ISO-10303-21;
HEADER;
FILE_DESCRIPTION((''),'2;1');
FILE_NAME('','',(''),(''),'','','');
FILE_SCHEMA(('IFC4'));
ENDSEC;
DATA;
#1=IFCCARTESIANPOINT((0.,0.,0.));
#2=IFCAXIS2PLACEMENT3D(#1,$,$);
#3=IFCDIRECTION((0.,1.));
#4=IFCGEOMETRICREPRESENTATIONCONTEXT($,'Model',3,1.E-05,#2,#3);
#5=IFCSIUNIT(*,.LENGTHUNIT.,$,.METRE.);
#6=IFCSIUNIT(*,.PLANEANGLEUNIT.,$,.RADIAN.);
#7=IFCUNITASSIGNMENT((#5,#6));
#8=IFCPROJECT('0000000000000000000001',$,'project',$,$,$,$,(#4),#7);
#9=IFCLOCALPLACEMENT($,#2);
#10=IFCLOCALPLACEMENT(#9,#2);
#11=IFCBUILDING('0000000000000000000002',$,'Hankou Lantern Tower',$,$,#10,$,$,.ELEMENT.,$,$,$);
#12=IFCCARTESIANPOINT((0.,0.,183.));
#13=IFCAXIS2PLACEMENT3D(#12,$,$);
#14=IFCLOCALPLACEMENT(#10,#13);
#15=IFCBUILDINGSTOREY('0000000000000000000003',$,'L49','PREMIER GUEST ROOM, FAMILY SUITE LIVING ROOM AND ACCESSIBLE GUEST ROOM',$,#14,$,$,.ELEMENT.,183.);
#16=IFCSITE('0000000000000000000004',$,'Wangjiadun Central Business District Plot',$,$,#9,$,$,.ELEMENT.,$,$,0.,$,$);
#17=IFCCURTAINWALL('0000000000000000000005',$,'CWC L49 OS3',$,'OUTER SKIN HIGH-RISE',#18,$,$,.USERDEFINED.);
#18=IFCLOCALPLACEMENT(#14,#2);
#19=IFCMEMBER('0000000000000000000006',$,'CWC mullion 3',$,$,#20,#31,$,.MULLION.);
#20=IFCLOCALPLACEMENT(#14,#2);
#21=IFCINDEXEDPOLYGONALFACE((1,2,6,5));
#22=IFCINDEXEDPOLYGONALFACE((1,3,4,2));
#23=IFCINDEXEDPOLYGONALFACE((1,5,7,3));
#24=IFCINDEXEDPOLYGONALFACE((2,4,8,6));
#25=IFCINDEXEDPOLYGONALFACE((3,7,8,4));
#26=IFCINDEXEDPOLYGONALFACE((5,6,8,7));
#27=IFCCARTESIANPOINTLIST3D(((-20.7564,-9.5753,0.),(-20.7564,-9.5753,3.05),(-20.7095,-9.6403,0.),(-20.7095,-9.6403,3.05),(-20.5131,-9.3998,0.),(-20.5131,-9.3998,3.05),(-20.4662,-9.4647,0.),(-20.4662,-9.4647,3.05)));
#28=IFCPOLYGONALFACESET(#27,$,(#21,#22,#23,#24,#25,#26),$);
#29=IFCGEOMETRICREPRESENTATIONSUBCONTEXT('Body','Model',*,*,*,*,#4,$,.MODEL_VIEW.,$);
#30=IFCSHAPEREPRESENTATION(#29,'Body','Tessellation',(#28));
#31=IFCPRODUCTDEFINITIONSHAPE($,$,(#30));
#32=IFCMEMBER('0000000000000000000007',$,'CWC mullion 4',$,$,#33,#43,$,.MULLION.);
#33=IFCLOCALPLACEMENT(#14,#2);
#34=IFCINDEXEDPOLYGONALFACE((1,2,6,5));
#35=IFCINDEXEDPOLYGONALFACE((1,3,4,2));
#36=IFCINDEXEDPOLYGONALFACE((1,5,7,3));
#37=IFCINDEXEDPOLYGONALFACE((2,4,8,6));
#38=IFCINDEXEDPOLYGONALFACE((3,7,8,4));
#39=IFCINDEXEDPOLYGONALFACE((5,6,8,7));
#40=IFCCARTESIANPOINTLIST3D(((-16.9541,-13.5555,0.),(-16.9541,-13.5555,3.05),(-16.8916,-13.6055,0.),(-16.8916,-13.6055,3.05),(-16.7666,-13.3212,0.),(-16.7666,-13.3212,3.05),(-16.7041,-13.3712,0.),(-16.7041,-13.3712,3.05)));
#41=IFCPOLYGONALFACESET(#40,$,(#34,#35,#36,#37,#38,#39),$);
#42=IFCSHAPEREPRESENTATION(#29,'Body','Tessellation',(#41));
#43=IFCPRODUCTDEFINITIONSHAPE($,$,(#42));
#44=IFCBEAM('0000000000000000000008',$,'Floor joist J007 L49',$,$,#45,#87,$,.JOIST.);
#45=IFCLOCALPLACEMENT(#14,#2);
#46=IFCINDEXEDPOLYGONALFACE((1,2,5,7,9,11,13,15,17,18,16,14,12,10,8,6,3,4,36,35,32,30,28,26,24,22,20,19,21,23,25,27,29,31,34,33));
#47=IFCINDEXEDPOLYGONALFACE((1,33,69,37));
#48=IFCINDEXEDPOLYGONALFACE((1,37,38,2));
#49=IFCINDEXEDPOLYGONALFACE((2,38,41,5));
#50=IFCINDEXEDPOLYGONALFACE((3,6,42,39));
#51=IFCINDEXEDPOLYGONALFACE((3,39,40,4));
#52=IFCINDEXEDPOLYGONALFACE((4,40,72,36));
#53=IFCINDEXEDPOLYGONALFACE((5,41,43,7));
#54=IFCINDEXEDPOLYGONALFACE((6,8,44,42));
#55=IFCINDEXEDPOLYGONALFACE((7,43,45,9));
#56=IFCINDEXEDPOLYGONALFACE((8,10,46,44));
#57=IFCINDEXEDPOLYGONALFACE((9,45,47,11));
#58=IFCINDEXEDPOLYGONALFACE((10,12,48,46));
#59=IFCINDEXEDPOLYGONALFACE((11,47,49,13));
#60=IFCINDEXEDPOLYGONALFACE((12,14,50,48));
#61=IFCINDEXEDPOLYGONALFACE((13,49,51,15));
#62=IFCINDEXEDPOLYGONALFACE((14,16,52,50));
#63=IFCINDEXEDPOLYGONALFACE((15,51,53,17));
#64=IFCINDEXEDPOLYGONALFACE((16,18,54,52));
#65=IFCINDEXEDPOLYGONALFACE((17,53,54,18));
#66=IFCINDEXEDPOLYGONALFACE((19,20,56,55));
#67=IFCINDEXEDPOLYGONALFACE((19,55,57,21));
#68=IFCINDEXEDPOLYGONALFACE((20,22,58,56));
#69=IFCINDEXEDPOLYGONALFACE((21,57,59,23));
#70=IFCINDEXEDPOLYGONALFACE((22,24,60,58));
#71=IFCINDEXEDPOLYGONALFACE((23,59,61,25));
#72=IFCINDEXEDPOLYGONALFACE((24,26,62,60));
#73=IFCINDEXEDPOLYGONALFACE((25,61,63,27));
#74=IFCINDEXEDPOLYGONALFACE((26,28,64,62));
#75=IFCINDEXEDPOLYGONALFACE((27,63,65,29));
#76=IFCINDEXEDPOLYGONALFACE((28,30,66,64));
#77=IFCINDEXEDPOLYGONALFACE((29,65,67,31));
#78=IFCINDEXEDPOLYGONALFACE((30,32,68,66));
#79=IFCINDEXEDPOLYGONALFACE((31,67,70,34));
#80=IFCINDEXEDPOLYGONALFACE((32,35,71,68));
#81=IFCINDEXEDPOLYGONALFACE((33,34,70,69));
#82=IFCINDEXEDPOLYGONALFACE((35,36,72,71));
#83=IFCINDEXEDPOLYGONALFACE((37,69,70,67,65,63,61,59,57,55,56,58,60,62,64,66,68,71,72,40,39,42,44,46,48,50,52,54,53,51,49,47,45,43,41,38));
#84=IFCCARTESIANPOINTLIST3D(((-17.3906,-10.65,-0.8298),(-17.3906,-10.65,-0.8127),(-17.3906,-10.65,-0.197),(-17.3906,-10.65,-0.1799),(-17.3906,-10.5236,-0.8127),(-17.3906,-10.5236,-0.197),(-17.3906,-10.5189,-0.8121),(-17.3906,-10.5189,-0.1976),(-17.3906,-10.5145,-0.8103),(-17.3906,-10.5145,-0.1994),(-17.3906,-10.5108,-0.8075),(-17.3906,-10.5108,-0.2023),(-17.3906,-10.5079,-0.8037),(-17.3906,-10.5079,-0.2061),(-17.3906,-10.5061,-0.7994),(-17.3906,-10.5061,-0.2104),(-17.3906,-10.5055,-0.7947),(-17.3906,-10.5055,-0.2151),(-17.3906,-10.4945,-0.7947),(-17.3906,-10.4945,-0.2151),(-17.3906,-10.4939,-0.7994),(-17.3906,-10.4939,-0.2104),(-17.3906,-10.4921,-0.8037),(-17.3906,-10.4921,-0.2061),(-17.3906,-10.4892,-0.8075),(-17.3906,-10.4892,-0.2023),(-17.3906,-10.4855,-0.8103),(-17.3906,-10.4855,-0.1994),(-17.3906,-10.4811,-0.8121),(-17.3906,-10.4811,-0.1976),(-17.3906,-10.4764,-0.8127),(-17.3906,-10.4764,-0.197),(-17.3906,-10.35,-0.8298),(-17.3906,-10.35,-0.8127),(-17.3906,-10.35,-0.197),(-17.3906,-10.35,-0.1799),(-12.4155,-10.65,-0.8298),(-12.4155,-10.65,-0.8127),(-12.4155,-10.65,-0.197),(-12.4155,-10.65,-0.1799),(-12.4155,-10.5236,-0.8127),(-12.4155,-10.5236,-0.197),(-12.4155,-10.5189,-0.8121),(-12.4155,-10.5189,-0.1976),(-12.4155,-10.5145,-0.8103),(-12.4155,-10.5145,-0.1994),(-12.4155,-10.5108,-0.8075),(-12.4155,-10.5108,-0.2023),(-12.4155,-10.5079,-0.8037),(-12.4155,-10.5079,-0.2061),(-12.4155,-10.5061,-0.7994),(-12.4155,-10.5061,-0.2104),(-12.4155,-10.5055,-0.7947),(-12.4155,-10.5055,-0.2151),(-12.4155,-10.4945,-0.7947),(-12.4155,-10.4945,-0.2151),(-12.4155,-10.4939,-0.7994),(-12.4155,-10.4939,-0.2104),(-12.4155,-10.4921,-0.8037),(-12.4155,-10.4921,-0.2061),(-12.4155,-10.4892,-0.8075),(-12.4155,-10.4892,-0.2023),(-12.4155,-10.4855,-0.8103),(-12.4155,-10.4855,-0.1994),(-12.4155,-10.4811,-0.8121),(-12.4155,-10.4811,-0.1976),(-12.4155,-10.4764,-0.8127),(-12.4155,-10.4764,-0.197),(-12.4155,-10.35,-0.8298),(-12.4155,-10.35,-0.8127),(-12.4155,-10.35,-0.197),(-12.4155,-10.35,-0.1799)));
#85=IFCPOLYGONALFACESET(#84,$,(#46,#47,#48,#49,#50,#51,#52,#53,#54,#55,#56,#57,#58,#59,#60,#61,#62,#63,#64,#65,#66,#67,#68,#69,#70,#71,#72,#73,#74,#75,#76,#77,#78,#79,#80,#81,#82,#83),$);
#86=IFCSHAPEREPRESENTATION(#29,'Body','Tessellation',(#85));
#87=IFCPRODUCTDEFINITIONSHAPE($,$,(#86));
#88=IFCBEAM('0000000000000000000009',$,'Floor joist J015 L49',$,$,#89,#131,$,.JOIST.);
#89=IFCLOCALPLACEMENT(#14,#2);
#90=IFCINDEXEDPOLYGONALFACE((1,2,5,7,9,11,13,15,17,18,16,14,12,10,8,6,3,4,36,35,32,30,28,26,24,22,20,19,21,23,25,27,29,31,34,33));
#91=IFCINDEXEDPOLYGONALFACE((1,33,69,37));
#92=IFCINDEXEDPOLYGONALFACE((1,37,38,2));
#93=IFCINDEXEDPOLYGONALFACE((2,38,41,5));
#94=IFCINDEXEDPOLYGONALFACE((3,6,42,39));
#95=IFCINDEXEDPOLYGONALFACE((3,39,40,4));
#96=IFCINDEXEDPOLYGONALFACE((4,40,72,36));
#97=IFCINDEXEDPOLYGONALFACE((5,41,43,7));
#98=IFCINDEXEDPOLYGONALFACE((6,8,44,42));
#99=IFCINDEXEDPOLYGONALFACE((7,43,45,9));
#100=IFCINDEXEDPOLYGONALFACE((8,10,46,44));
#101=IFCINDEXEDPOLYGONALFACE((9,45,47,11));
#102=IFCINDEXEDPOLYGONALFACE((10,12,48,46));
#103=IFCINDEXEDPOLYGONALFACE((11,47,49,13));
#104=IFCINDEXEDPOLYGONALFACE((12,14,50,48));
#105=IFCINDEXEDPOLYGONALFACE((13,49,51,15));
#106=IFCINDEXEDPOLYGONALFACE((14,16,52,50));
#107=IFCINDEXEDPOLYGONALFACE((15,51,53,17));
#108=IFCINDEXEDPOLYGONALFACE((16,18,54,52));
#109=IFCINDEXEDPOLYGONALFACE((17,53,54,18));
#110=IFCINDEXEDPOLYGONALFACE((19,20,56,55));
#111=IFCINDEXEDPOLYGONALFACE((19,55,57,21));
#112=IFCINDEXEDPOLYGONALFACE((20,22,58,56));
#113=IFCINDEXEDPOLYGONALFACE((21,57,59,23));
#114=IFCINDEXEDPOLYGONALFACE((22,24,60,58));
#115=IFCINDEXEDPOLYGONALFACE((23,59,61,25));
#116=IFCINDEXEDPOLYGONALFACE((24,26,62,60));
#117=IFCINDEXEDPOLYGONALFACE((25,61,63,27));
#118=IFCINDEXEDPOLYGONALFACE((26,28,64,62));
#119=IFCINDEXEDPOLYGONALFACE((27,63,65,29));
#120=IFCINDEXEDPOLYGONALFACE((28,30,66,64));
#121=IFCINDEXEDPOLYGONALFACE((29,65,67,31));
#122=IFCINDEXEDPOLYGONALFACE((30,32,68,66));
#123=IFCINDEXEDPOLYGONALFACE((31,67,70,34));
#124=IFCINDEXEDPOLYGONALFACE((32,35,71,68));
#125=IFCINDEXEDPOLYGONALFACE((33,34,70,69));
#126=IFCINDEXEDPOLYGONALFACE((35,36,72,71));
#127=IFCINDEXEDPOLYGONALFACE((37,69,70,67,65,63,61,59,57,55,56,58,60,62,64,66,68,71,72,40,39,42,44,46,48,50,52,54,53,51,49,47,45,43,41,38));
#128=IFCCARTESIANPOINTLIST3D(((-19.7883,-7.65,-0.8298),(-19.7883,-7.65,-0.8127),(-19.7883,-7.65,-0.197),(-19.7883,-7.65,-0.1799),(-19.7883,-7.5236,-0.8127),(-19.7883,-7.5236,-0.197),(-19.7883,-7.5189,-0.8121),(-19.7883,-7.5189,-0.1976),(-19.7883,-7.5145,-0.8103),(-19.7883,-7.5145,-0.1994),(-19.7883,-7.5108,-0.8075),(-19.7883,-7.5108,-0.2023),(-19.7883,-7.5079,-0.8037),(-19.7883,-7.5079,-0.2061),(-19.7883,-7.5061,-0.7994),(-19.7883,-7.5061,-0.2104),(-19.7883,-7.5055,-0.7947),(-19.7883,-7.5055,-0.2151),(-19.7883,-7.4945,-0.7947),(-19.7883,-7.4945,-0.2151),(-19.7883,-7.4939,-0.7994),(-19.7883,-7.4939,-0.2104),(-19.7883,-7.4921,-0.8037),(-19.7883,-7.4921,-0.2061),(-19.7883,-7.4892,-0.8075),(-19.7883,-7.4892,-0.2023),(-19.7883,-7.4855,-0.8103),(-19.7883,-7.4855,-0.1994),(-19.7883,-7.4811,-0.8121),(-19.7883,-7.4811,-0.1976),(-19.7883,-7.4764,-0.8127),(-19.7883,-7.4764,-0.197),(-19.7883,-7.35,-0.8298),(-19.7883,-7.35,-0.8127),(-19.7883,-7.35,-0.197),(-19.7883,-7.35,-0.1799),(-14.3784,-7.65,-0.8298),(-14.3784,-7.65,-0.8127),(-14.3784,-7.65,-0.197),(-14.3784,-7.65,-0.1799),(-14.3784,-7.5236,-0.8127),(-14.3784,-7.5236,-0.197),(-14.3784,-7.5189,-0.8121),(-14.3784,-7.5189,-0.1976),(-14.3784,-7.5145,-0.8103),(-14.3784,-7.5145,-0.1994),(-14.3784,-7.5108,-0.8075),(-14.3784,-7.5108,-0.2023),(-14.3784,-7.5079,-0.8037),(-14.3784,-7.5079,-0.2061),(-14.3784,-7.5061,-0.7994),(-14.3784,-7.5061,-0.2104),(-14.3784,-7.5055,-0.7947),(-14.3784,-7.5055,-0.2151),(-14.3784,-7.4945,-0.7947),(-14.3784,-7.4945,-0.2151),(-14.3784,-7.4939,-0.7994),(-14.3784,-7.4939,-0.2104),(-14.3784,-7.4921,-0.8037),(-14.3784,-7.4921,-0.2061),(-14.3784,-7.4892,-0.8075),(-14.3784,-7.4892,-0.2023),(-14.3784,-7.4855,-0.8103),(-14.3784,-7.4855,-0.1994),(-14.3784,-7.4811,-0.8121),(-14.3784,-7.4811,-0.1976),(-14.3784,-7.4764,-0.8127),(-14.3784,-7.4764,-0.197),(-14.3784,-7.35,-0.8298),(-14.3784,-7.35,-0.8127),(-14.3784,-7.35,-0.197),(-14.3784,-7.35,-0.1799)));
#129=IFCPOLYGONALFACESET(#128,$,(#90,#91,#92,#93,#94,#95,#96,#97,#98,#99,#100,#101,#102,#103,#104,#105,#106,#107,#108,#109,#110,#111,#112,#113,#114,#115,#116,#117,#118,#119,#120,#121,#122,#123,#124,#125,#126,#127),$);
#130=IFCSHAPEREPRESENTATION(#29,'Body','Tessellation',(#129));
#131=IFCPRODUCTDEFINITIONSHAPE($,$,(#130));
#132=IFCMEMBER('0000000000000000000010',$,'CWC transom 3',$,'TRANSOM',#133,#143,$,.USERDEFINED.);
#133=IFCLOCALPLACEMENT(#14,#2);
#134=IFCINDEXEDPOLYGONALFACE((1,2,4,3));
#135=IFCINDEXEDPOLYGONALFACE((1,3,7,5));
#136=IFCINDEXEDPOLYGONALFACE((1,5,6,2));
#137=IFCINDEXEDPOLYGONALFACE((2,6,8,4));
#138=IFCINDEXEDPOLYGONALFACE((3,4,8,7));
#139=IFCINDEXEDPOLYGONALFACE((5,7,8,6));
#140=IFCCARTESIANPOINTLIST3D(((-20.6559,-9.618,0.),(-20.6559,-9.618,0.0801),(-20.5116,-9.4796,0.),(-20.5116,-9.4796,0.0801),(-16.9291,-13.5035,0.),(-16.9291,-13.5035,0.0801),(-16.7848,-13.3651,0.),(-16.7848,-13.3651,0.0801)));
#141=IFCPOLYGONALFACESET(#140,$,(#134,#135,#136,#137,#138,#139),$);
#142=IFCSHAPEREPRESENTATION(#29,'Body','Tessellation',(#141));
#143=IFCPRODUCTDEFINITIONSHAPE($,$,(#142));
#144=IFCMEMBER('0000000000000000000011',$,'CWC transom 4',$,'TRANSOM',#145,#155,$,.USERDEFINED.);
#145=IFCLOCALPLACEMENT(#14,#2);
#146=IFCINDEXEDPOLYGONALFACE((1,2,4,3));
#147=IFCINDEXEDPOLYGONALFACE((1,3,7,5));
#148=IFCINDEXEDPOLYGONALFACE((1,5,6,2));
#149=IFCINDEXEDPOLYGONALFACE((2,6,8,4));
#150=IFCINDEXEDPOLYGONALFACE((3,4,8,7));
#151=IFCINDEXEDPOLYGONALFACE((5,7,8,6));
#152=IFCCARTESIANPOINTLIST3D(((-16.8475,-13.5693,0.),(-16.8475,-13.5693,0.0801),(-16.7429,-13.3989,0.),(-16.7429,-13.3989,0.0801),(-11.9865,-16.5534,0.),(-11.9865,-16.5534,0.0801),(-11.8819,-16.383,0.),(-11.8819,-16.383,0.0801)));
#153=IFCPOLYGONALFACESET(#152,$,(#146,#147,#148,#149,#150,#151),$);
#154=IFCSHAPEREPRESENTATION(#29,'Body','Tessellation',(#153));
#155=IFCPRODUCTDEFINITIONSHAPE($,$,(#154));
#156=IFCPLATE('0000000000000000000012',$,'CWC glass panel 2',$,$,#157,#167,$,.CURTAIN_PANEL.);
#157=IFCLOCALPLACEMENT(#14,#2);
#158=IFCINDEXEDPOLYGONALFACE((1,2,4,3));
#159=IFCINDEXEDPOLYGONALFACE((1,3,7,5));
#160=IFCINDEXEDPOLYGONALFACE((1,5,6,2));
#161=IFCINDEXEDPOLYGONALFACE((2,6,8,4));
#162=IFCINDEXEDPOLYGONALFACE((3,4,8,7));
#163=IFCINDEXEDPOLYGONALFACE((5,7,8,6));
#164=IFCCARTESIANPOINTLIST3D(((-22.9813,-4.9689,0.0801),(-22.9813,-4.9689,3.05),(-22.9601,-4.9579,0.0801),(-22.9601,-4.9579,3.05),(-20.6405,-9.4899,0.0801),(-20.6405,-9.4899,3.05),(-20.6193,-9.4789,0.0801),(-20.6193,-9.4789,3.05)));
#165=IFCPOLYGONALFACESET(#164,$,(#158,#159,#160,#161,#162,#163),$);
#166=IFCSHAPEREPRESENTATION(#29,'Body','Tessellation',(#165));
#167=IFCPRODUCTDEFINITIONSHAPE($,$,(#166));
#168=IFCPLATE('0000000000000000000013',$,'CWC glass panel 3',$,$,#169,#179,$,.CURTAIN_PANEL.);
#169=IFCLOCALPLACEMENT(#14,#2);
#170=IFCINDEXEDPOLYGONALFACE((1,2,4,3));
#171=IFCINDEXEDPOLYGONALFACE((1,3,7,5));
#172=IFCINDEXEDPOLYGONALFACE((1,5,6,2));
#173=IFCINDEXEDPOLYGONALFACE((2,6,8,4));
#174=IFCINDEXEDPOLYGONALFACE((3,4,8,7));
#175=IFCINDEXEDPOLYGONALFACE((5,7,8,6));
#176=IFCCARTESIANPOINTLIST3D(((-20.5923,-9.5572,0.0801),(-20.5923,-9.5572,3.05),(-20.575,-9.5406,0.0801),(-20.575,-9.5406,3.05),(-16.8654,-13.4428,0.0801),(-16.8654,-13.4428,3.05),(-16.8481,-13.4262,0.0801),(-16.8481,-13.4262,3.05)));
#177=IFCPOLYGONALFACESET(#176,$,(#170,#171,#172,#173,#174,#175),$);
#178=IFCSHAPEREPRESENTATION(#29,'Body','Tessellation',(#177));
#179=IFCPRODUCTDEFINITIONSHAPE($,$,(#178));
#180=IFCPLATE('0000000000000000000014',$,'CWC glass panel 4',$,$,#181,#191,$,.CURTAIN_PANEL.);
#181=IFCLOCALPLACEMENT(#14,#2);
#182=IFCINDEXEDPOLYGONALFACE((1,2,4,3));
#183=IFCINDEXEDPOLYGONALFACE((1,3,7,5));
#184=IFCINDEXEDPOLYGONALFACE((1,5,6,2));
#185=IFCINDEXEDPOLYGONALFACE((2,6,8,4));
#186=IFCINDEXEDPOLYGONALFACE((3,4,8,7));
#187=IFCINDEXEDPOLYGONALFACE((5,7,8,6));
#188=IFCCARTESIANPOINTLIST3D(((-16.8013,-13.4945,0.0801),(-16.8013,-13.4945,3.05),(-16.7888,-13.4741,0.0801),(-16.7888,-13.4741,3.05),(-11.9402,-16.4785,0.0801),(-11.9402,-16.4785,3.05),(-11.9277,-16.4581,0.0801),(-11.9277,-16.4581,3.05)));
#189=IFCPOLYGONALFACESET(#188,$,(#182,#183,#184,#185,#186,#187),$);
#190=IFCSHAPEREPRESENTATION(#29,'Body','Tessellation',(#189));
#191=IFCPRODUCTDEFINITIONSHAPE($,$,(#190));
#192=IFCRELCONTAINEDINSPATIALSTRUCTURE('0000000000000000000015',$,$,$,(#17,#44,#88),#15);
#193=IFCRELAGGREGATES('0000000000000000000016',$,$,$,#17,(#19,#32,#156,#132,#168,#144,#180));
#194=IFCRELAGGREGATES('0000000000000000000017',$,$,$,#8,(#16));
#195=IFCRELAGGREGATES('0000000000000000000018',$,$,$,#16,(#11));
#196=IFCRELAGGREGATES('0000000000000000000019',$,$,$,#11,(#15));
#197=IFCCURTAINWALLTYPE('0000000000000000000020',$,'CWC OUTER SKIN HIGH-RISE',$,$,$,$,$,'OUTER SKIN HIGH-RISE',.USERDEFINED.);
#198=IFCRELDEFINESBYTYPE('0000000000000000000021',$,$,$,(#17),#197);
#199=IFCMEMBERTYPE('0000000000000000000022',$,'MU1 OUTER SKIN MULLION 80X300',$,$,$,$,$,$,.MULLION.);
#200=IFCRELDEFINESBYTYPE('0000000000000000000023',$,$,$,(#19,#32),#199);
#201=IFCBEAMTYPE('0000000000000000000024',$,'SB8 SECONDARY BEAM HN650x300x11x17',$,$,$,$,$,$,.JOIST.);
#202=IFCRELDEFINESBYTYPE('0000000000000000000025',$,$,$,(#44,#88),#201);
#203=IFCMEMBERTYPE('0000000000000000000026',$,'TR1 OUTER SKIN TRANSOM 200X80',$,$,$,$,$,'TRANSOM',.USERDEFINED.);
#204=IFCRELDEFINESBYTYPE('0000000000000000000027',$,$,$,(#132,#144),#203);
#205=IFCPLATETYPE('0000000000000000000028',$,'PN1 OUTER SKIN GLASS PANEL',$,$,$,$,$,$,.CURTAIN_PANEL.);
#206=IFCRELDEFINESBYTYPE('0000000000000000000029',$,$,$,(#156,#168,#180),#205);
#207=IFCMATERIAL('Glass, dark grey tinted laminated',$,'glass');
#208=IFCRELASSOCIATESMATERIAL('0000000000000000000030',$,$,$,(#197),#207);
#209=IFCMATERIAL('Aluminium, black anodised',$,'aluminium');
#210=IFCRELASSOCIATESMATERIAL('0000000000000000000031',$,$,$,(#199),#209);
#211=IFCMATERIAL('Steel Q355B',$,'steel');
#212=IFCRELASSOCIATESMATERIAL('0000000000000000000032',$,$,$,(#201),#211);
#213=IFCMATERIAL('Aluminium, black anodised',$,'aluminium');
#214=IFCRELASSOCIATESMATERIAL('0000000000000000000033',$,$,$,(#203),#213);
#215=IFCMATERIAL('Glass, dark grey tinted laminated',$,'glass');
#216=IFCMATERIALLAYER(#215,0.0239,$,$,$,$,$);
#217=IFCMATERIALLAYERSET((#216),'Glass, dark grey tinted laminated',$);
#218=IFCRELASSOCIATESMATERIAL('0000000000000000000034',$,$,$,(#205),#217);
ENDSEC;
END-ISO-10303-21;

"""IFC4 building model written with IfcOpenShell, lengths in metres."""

from ifc_helpers import new_model, si_unit, direction, frame, origin, origin_2d, place, context, subcontext, project, spatial, rectangle, i_section, extrude, material, layer, layer_set, material_profile, profile_set, type_object, element, aggregate, save


model = new_model("IFC4")

# Units and contexts
model_context = context("Model", 3, precision=1e-05, world=origin(), true_north=direction((0.0, 1.0)))
body_context = subcontext(model_context, "Body", "Model", "MODEL_VIEW")
ifc_project = project(units=[si_unit("LENGTHUNIT", "METRE"), si_unit("PLANEANGLEUNIT", "RADIAN")], contexts=[model_context])

# Site, building, storey
site_placement = place(None, origin())
site = spatial("IfcSite", under=ifc_project, at=site_placement, Name="Wangjiadun Central Business District Plot", CompositionType="ELEMENT", RefElevation=0.0)
building_placement = place(site_placement, origin())
building = spatial("IfcBuilding", under=site, at=building_placement, Name="Hankou Lantern Tower", CompositionType="ELEMENT")
storey_placement = place(building_placement, frame((0.0, 0.0, 183.0)))
storey = spatial("IfcBuildingStorey", under=building, at=storey_placement, Name="L49", Description="PREMIER GUEST ROOM, FAMILY SUITE LIVING ROOM AND ACCESSIBLE GUEST ROOM", CompositionType="ELEMENT", Elevation=183.0)

# Curtain wall, members
ifc_material_1 = material(Name="Glass, dark grey tinted laminated", Category="glass")
curtain_wall_type = type_object("IfcCurtainWallType", Name="CWC OUTER SKIN HIGH-RISE", ElementType="OUTER SKIN HIGH-RISE", PredefinedType="USERDEFINED", material=ifc_material_1)
curtain_wall_placement = place(storey_placement, origin())
curtain_wall = element("IfcCurtainWall", 1, at=curtain_wall_placement, inside=storey, type_object=curtain_wall_type, Name="CWC L49 OS3", ObjectType="OUTER SKIN HIGH-RISE", PredefinedType="USERDEFINED")
ifc_material_2 = material(Name="Aluminium, black anodised", Category="aluminium")
ifc_material_profile_1 = material_profile(ifc_material_2, rectangle(XDim=0.0801, YDim=0.3, at=origin_2d()), Name="MU1 80X300")
ifc_profile_set_1 = profile_set([ifc_material_profile_1], Name="Aluminium, black anodised")
member_type_1 = type_object("IfcMemberType", Name="MU1 OUTER SKIN MULLION 80X300", PredefinedType="MULLION", material=ifc_profile_set_1)
member_1_placement = place(storey_placement, frame((-20.6113, -9.52, 0.0), z_axis=(0.0, 0.0, 1.0), x_axis=(0.585206, -0.810885, 0.0)))
member_1 = element("IfcMember", 2, at=member_1_placement, type_object=member_type_1, Name="CWC mullion 3", PredefinedType="MULLION", context=body_context, shape_type="SweptSolid", body=[
    extrude(rectangle(XDim=0.0801, YDim=0.3, at=origin_2d()), origin(), (0.0, 0.0, 1.0), 3.05),
])
member_2_placement = place(storey_placement, frame((-16.8291, -13.4634, 0.0), z_axis=(0.0, 0.0, 1.0), x_axis=(0.780869, -0.624695, 0.0)))
member_2 = element("IfcMember", 3, at=member_2_placement, type_object=member_type_1, Name="CWC mullion 4", PredefinedType="MULLION", context=body_context, shape_type="SweptSolid", body=[
    extrude(rectangle(XDim=0.0801, YDim=0.3, at=origin_2d()), origin(), (0.0, 0.0, 1.0), 3.05),
])

# Beams
ifc_material_3 = material(Name="Steel Q355B", Category="steel")
ifc_material_profile_2 = material_profile(ifc_material_3, i_section(OverallWidth=0.3, OverallDepth=0.6499, WebThickness=0.011, FlangeThickness=0.0171, FilletRadius=0.0181, at=origin_2d()), Name="HN650x300x11x17")
ifc_profile_set_2 = profile_set([ifc_material_profile_2], Name="Steel Q355B")
beam_type_1 = type_object("IfcBeamType", Name="SB8 SECONDARY BEAM HN650x300x11x17", PredefinedType="JOIST", material=ifc_profile_set_2)
beam_1_placement = place(storey_placement, frame((-17.3906, -10.5, -0.5049), z_axis=(1.0, 0.0, 0.0), x_axis=(0.0, 1.0, 0.0)))
element("IfcBeam", 4, at=beam_1_placement, inside=storey, type_object=beam_type_1, Name="Floor joist J007 L49", PredefinedType="JOIST", context=body_context, shape_type="SweptSolid", body=[
    extrude(i_section(OverallWidth=0.3, OverallDepth=0.6499, WebThickness=0.011, FlangeThickness=0.0171, FilletRadius=0.0181, at=origin_2d()), origin(), (0.0, 0.0, 1.0), 4.9751),
])
beam_2_placement = place(storey_placement, frame((-19.7883, -7.5, -0.5049), z_axis=(1.0, 0.0, 0.0), x_axis=(0.0, 1.0, 0.0)))
element("IfcBeam", 5, at=beam_2_placement, inside=storey, type_object=beam_type_1, Name="Floor joist J015 L49", PredefinedType="JOIST", context=body_context, shape_type="SweptSolid", body=[
    extrude(i_section(OverallWidth=0.3, OverallDepth=0.6499, WebThickness=0.011, FlangeThickness=0.0171, FilletRadius=0.0181, at=origin_2d()), origin(), (0.0, 0.0, 1.0), 5.4099),
])

# Members
ifc_material_4 = material(Name="Aluminium, black anodised", Category="aluminium")
ifc_material_profile_3 = material_profile(ifc_material_4, rectangle(XDim=0.2, YDim=0.0801, at=origin_2d()), Name="TR1 200X80")
ifc_profile_set_3 = profile_set([ifc_material_profile_3], Name="Aluminium, black anodised")
member_type_2 = type_object("IfcMemberType", Name="TR1 OUTER SKIN TRANSOM 200X80", ElementType="TRANSOM", PredefinedType="USERDEFINED", material=ifc_profile_set_3)
member_3_placement = place(storey_placement, frame((-20.5837, -9.5488, 0.04), z_axis=(0.692216, -0.721691, 0.0), x_axis=(0.721691, 0.692216, 0.0)))
member_3 = element("IfcMember", 6, at=member_3_placement, type_object=member_type_2, Name="CWC transom 3", ObjectType="TRANSOM", PredefinedType="USERDEFINED", context=body_context, shape_type="SweptSolid", body=[
    extrude(rectangle(XDim=0.2, YDim=0.0801, at=origin_2d()), origin(), (0.0, 0.0, 1.0), 5.3838),
])
member_4_placement = place(storey_placement, frame((-16.7952, -13.4841, 0.04), z_axis=(0.852229, -0.523168, 0.0), x_axis=(0.523168, 0.852229, 0.0)))
member_4 = element("IfcMember", 7, at=member_4_placement, type_object=member_type_2, Name="CWC transom 4", ObjectType="TRANSOM", PredefinedType="USERDEFINED", context=body_context, shape_type="SweptSolid", body=[
    extrude(rectangle(XDim=0.2, YDim=0.0801, at=origin_2d()), origin(), (0.0, 0.0, 1.0), 5.7039),
])

# Plates
ifc_material_5 = material(Name="Glass, dark grey tinted laminated", Category="glass")
ifc_layer_1 = layer(ifc_material_5, 0.0239)
ifc_layer_set_1 = layer_set([ifc_layer_1], Name="Glass, dark grey tinted laminated")
plate_type = type_object("IfcPlateType", Name="PN1 OUTER SKIN GLASS PANEL", PredefinedType="CURTAIN_PANEL", material=ifc_layer_set_1)
plate_1_placement = place(storey_placement, frame((-21.8003, -7.2239, 0.0801), z_axis=(0.0, 0.0, 1.0), x_axis=(0.459791, -0.888027, 0.0)))
plate_1 = element("IfcPlate", 8, at=plate_1_placement, type_object=plate_type, Name="CWC glass panel 2", PredefinedType="CURTAIN_PANEL", context=body_context, shape_type="SweptSolid", body=[
    extrude(rectangle(XDim=5.0911, YDim=0.0239, at=origin_2d()), origin(), (0.0, 0.0, 1.0), 2.97),
])
plate_2_placement = place(storey_placement, frame((-18.7202, -11.4917, 0.0801), z_axis=(0.0, 0.0, 1.0), x_axis=(0.692216, -0.721691, 0.0)))
plate_2 = element("IfcPlate", 9, at=plate_2_placement, type_object=plate_type, Name="CWC glass panel 3", PredefinedType="CURTAIN_PANEL", context=body_context, shape_type="SweptSolid", body=[
    extrude(rectangle(XDim=5.384, YDim=0.0239, at=origin_2d()), origin(), (0.0, 0.0, 1.0), 2.97),
])
plate_3_placement = place(storey_placement, frame((-14.3645, -14.9763, 0.0801), z_axis=(0.0, 0.0, 1.0), x_axis=(0.852237, -0.523156, 0.0)))
plate_3 = element("IfcPlate", 10, at=plate_3_placement, type_object=plate_type, Name="CWC glass panel 4", PredefinedType="CURTAIN_PANEL", context=body_context, shape_type="SweptSolid", body=[
    extrude(rectangle(XDim=5.7039, YDim=0.0239, at=origin_2d()), origin(), (0.0, 0.0, 1.0), 2.97),
])
aggregate(curtain_wall, [member_1, member_2, plate_1, member_3, plate_2, member_4, plate_3])

save(model, "model.ifc")
